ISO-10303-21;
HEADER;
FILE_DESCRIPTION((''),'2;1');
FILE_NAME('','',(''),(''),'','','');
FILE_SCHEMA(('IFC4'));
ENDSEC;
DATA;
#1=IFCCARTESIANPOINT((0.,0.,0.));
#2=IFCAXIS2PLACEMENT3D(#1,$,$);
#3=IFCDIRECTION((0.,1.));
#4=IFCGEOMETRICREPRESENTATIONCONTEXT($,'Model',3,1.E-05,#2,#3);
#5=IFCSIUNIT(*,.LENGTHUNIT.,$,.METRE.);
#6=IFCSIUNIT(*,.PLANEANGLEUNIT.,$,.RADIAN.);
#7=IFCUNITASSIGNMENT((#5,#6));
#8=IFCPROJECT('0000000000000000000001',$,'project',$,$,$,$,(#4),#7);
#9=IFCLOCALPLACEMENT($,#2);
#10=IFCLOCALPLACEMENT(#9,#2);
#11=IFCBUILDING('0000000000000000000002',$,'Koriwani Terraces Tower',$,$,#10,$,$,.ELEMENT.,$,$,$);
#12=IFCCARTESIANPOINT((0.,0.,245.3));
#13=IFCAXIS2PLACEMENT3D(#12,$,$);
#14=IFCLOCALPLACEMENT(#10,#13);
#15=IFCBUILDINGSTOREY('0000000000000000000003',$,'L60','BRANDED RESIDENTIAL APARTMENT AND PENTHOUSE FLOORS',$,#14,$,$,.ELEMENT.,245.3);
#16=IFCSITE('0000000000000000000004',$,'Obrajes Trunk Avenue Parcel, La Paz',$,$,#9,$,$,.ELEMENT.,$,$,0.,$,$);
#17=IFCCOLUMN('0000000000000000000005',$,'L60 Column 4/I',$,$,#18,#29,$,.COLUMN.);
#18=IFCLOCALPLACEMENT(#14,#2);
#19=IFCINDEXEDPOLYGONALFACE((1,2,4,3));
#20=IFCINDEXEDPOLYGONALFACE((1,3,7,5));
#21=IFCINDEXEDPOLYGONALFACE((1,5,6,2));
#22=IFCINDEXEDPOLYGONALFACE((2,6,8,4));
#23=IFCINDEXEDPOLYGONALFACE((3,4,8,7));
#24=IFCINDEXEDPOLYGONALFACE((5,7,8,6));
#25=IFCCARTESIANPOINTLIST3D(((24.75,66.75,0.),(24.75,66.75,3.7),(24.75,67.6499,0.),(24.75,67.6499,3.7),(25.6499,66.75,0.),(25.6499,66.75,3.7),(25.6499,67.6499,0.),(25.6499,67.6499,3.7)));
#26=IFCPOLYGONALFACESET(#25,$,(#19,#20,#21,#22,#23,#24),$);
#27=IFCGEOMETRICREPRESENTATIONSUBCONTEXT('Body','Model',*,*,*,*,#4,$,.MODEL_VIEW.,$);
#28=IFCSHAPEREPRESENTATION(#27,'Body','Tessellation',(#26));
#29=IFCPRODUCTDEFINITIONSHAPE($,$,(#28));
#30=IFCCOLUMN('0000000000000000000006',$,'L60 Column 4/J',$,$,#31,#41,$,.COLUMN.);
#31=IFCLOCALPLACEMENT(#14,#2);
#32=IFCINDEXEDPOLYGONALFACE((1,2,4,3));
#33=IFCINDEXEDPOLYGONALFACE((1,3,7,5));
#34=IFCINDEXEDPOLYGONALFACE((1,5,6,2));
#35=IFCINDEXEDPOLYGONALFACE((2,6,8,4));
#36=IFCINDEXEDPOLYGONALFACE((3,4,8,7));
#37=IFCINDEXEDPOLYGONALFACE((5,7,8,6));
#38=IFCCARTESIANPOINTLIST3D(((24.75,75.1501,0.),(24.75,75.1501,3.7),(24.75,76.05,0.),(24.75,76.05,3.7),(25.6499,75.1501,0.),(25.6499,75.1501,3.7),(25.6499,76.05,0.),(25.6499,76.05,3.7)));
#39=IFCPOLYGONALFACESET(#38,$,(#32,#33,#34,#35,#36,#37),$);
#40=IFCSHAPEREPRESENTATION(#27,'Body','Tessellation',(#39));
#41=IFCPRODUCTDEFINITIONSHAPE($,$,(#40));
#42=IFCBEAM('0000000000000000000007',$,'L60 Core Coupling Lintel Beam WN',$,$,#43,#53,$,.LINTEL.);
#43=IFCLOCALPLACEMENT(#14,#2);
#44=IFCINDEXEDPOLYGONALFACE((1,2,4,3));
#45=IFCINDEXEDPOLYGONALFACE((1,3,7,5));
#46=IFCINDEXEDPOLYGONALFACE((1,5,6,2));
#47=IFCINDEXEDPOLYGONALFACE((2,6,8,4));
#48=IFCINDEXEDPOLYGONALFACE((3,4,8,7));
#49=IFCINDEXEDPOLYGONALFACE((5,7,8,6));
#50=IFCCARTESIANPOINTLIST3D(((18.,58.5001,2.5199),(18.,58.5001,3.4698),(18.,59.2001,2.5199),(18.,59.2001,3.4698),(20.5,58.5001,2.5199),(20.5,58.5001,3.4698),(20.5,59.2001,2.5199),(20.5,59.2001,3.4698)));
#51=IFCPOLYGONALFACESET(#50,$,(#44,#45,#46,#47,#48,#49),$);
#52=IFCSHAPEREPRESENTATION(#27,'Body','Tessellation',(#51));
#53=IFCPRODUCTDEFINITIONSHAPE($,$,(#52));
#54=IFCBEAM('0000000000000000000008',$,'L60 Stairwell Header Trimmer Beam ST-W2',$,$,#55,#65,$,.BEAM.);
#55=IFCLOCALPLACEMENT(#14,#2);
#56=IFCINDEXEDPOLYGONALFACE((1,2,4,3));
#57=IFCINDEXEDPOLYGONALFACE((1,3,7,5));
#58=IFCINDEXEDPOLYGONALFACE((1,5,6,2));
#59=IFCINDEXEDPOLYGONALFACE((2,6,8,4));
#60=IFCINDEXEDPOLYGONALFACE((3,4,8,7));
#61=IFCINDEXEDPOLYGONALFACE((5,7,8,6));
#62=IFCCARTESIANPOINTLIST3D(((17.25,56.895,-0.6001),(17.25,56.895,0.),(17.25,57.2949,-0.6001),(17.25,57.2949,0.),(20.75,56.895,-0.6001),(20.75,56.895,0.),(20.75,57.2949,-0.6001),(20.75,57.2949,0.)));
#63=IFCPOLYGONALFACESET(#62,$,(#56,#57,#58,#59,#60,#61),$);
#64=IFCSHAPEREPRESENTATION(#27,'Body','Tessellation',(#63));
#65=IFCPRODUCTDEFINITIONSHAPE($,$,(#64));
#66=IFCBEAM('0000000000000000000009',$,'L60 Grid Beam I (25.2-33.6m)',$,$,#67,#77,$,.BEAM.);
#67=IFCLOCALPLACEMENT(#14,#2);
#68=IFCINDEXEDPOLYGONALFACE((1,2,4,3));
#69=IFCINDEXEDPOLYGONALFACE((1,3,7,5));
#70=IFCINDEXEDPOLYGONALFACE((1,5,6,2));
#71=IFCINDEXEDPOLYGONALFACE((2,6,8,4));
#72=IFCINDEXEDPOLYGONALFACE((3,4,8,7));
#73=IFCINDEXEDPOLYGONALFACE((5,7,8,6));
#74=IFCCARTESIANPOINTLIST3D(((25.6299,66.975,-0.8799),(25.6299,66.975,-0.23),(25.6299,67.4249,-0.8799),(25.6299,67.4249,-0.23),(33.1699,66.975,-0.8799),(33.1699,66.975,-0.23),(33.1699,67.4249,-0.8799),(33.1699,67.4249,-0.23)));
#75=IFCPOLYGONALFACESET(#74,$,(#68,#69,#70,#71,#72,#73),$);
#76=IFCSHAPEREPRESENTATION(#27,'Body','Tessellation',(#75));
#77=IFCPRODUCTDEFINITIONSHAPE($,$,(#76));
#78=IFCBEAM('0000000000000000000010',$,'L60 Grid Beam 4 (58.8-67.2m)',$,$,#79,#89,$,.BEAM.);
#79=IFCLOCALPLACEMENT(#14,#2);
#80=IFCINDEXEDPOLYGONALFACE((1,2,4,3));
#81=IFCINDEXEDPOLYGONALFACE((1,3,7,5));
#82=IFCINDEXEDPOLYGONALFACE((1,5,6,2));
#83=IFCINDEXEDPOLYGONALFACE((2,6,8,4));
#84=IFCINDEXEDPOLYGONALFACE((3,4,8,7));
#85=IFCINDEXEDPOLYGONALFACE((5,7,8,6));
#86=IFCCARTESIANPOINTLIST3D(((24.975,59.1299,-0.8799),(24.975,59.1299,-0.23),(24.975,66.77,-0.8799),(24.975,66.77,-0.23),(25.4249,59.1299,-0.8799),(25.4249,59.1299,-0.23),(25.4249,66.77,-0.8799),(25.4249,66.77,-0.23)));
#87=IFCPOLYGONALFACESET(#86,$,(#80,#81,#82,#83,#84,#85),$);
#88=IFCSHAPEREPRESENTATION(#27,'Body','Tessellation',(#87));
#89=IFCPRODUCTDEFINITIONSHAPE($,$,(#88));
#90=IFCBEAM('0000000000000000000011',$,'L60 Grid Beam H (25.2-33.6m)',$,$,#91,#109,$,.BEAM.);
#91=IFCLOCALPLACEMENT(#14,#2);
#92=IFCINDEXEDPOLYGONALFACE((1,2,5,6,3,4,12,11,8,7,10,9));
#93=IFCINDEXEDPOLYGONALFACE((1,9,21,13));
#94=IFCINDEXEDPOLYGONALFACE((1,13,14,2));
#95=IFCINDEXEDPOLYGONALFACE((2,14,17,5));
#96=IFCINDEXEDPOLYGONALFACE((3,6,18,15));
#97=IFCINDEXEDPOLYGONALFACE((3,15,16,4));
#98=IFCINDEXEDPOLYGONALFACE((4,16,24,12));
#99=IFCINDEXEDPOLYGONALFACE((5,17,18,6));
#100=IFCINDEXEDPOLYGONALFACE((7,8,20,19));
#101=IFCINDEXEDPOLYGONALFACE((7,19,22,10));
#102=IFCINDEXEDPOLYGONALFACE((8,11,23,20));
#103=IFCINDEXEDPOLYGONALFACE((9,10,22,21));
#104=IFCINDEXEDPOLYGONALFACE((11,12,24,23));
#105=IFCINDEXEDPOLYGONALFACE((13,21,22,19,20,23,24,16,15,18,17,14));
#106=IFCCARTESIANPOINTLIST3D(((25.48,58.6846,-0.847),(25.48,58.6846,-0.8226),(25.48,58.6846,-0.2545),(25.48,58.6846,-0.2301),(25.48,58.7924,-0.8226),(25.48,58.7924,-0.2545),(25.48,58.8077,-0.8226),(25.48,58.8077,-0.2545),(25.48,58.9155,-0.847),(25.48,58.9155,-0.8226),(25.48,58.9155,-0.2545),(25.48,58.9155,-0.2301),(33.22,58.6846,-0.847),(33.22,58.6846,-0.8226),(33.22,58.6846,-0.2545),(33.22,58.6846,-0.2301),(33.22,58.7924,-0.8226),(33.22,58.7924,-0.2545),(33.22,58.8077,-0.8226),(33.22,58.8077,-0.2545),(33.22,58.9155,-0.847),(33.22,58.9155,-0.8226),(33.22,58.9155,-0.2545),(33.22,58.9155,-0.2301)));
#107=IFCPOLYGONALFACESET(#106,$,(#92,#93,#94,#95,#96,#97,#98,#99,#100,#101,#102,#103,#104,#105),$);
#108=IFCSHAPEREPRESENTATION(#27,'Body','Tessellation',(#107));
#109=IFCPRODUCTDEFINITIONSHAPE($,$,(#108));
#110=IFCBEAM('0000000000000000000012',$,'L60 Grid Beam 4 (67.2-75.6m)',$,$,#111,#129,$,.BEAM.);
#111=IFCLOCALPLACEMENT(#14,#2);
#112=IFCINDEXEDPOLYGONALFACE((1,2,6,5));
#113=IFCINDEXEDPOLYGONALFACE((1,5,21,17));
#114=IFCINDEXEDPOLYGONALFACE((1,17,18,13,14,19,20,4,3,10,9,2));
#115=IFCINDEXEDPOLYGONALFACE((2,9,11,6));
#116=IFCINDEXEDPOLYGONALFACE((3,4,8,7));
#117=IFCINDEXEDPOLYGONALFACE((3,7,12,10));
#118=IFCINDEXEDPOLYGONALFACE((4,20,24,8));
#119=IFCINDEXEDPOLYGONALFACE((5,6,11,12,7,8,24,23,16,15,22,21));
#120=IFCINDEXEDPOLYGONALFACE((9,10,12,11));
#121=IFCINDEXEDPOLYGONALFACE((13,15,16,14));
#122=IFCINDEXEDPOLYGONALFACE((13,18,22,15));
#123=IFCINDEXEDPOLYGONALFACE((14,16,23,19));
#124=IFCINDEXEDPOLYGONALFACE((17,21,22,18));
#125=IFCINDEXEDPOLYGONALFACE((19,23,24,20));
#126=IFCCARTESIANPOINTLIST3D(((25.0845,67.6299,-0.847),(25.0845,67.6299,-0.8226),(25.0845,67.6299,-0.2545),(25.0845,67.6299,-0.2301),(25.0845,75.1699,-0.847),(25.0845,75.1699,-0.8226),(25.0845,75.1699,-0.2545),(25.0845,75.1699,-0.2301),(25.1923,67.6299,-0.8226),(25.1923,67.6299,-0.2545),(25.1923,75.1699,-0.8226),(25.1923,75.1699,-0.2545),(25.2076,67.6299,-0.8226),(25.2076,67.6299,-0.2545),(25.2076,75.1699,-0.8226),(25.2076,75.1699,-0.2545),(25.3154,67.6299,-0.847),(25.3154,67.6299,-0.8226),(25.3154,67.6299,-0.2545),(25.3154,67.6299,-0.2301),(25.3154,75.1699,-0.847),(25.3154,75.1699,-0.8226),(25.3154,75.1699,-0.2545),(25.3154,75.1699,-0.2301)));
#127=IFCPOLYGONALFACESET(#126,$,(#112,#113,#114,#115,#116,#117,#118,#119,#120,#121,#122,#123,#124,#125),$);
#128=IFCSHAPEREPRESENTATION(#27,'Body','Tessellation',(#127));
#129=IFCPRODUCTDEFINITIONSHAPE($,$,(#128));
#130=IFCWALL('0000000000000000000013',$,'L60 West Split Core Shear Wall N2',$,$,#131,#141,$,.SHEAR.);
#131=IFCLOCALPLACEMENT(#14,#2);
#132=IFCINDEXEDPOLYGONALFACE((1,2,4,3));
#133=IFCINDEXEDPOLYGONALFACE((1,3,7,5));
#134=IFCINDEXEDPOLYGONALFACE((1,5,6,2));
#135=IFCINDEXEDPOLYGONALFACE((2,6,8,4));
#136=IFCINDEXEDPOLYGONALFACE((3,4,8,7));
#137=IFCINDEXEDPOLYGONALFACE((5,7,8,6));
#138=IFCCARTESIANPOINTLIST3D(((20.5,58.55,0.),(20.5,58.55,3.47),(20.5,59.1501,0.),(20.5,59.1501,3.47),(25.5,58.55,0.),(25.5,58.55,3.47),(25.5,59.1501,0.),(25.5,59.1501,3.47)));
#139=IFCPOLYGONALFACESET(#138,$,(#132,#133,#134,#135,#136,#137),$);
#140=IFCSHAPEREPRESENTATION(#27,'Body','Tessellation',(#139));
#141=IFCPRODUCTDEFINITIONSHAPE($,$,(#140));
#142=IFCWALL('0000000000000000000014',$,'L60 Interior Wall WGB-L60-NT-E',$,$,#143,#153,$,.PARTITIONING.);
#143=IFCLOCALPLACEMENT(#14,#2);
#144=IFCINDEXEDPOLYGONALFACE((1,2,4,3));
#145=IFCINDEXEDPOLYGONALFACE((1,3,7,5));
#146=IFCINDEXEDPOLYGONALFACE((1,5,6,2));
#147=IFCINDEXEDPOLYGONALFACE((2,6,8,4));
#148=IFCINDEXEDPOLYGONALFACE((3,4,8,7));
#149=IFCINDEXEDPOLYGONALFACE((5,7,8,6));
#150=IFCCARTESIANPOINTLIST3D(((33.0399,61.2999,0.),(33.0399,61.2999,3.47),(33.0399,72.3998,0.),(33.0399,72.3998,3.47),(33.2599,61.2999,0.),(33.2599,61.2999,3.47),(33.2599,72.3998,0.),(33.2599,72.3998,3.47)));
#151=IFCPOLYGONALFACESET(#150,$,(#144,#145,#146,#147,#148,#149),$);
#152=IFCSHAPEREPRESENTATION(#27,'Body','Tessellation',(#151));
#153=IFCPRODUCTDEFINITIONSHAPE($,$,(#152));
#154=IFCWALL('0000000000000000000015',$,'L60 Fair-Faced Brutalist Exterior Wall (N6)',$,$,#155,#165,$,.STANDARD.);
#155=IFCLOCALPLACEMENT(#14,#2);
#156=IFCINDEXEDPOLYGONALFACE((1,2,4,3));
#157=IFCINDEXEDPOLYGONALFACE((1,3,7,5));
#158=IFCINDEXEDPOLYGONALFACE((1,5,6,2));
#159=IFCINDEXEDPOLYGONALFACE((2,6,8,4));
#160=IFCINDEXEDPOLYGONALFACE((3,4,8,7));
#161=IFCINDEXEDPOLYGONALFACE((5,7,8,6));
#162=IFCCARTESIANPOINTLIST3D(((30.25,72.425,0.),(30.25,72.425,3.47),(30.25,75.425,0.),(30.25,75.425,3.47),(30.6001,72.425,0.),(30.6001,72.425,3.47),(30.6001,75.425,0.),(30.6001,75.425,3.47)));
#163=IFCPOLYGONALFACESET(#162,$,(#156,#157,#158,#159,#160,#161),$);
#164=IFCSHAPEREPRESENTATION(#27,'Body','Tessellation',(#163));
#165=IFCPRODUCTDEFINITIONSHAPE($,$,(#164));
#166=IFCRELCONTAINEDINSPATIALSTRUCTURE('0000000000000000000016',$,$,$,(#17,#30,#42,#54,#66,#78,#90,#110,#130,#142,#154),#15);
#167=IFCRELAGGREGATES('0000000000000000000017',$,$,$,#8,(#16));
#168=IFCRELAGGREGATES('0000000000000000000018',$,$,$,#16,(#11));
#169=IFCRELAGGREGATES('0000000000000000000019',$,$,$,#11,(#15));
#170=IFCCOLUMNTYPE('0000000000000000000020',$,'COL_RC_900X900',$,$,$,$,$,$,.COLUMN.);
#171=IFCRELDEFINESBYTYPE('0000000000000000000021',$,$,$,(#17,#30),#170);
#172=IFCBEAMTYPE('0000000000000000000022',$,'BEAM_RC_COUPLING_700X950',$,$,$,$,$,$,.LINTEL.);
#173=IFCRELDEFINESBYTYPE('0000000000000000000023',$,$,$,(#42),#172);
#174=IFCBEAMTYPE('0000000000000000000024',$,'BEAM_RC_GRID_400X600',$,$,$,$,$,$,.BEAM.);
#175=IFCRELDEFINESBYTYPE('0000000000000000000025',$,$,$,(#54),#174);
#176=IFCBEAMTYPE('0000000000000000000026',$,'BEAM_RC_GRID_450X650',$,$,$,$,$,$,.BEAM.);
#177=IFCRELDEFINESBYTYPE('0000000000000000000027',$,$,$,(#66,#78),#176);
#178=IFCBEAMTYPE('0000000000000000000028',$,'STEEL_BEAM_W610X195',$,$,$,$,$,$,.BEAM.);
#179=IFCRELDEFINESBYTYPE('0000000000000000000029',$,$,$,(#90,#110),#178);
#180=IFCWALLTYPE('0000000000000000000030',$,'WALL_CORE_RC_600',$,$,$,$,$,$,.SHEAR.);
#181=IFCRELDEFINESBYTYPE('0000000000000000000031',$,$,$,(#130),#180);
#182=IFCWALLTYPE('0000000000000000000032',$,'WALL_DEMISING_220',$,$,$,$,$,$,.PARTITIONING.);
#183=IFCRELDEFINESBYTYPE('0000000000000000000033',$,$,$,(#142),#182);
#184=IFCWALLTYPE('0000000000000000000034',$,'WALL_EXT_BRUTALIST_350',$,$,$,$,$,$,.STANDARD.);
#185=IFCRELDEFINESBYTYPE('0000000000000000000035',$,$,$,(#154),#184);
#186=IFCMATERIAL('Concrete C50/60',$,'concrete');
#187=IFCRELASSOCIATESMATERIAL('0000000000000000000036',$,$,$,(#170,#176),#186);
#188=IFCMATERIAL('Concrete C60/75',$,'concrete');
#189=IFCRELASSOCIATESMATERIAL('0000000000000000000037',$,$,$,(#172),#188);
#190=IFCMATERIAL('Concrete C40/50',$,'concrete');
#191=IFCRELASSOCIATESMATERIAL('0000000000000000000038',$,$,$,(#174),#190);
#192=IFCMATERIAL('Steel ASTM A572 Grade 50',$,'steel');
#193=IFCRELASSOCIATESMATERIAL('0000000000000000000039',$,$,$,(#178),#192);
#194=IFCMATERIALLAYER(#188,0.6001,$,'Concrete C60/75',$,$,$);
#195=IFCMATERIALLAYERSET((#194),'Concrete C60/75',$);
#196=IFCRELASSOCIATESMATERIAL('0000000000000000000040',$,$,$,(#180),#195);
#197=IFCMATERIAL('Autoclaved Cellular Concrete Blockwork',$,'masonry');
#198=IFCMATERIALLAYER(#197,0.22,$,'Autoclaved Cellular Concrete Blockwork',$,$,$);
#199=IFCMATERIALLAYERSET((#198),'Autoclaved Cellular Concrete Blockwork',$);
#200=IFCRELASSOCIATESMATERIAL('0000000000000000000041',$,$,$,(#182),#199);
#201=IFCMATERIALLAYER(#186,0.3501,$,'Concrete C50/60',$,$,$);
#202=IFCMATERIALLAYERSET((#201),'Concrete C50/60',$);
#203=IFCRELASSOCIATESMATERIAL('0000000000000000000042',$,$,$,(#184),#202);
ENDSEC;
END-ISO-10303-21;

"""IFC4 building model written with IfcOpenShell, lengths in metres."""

from ifc_helpers import new_model, si_unit, direction, frame, frame_2d, origin, origin_2d, place, context, subcontext, project, spatial, rectangle, i_section, extrude, material, layer, layer_set, material_profile, profile_set, type_object, element, save


model = new_model("IFC4")

# Units and contexts
model_context = context("Model", 3, precision=1e-05, world=origin(), true_north=direction((0.0, 1.0)))
body_context = subcontext(model_context, "Body", "Model", "MODEL_VIEW")
ifc_project = project(units=[si_unit("LENGTHUNIT", "METRE"), si_unit("PLANEANGLEUNIT", "RADIAN")], contexts=[model_context])

# Site, building, storey
site_placement = place(None, origin())
site = spatial("IfcSite", under=ifc_project, at=site_placement, Name="Obrajes Trunk Avenue Parcel, La Paz", CompositionType="ELEMENT", RefElevation=0.0)
building_placement = place(site_placement, origin())
building = spatial("IfcBuilding", under=site, at=building_placement, Name="Koriwani Terraces Tower", CompositionType="ELEMENT")
storey_placement = place(building_placement, frame((0.0, 0.0, 245.3)))
storey = spatial("IfcBuildingStorey", under=building, at=storey_placement, Name="L60", Description="BRANDED RESIDENTIAL APARTMENT AND PENTHOUSE FLOORS", CompositionType="ELEMENT", Elevation=245.3)

# Columns
ifc_material_1 = material(Name="Concrete C50/60", Category="concrete")
ifc_material_profile_1 = material_profile(ifc_material_1, rectangle(XDim=0.8999, YDim=0.8999, at=origin_2d()), Name="Concrete C50/60", Category="LoadBearing")
ifc_profile_set_1 = profile_set([ifc_material_profile_1], Name="Concrete C50/60")
column_type = type_object("IfcColumnType", Name="COL_RC_900X900", PredefinedType="COLUMN", material=ifc_profile_set_1)
for number, where, z_axis, x_axis, name in (
    (1, (25.2, 67.2, 0.0), (0.0, 0.0, 1.0), (1.0, 0.0, 0.0), "L60 Column 4/I"),
    (2, (25.2, 75.6001, 0.0), (0.0, 0.0, 1.0), (1.0, 0.0, 0.0), "L60 Column 4/J"),
):
    element("IfcColumn", number, at=place(storey_placement, frame(where, z_axis=z_axis, x_axis=x_axis)), inside=storey, type_object=column_type, Name=name, PredefinedType="COLUMN", context=body_context, shape_type="SweptSolid", body=[
        extrude(rectangle(XDim=0.8999, YDim=0.8999, at=origin_2d()), origin(), (0.0, 0.0, 1.0), 3.7),
    ])

# Beams
ifc_material_2 = material(Name="Concrete C60/75", Category="concrete")
ifc_material_profile_2 = material_profile(ifc_material_2, rectangle(XDim=0.7, YDim=0.95, at=origin_2d()), Name="Concrete C60/75", Category="LoadBearing")
ifc_profile_set_2 = profile_set([ifc_material_profile_2], Name="Concrete C60/75")
beam_type_1 = type_object("IfcBeamType", Name="BEAM_RC_COUPLING_700X950", PredefinedType="LINTEL", material=ifc_profile_set_2)
beam_1_placement = place(storey_placement, frame((18.0, 58.8501, 2.9949), z_axis=(1.0, 0.0, 0.0), x_axis=(0.0, 1.0, 0.0)))
element("IfcBeam", 3, at=beam_1_placement, inside=storey, type_object=beam_type_1, Name="L60 Core Coupling Lintel Beam WN", PredefinedType="LINTEL", context=body_context, shape_type="SweptSolid", body=[
    extrude(rectangle(XDim=0.7, YDim=0.95, at=origin_2d()), origin(), (0.0, 0.0, 1.0), 2.5),
])
ifc_material_3 = material(Name="Concrete C40/50", Category="concrete")
ifc_material_profile_3 = material_profile(ifc_material_3, rectangle(XDim=0.3999, YDim=0.6001, at=origin_2d()), Name="Concrete C40/50", Category="LoadBearing")
ifc_profile_set_3 = profile_set([ifc_material_profile_3], Name="Concrete C40/50")
beam_type_2 = type_object("IfcBeamType", Name="BEAM_RC_GRID_400X600", PredefinedType="BEAM", material=ifc_profile_set_3)
beam_2_placement = place(storey_placement, frame((17.25, 57.095, -0.3), z_axis=(1.0, 0.0, 0.0), x_axis=(0.0, 1.0, 0.0)))
element("IfcBeam", 4, at=beam_2_placement, inside=storey, type_object=beam_type_2, Name="L60 Stairwell Header Trimmer Beam ST-W2", PredefinedType="BEAM", context=body_context, shape_type="SweptSolid", body=[
    extrude(rectangle(XDim=0.3999, YDim=0.6001, at=origin_2d()), origin(), (0.0, 0.0, 1.0), 3.5),
])
ifc_material_profile_4 = material_profile(ifc_material_1, rectangle(XDim=0.45, YDim=0.6499, at=origin_2d()), Name="Concrete C50/60", Category="LoadBearing")
ifc_profile_set_4 = profile_set([ifc_material_profile_4], Name="Concrete C50/60")
beam_type_3 = type_object("IfcBeamType", Name="BEAM_RC_GRID_450X650", PredefinedType="BEAM", material=ifc_profile_set_4)
beam_3_placement = place(storey_placement, frame((25.6299, 67.2, -0.5549), z_axis=(1.0, 0.0, 0.0), x_axis=(0.0, 1.0, 0.0)))
element("IfcBeam", 5, at=beam_3_placement, inside=storey, type_object=beam_type_3, Name="L60 Grid Beam I (25.2-33.6m)", PredefinedType="BEAM", context=body_context, shape_type="SweptSolid", body=[
    extrude(rectangle(XDim=0.45, YDim=0.6499, at=origin_2d()), origin(), (0.0, 0.0, 1.0), 7.54),
])
beam_4_placement = place(storey_placement, frame((25.2, 59.1299, -0.5549), z_axis=(0.0, 1.0, 0.0), x_axis=(-1.0, 0.0, 0.0)))
element("IfcBeam", 6, at=beam_4_placement, inside=storey, type_object=beam_type_3, Name="L60 Grid Beam 4 (58.8-67.2m)", PredefinedType="BEAM", context=body_context, shape_type="SweptSolid", body=[
    extrude(rectangle(XDim=0.45, YDim=0.6499, at=origin_2d()), origin(), (0.0, 0.0, 1.0), 7.6401),
])
ifc_material_4 = material(Name="Steel ASTM A572 Grade 50", Category="steel")
ifc_material_profile_5 = material_profile(ifc_material_4, i_section(OverallWidth=0.231, OverallDepth=0.6169, WebThickness=0.0154, FlangeThickness=0.0244, at=origin_2d()), Name="Steel ASTM A572 Grade 50", Category="LoadBearing")
ifc_profile_set_5 = profile_set([ifc_material_profile_5], Name="Steel ASTM A572 Grade 50")
beam_type_4 = type_object("IfcBeamType", Name="STEEL_BEAM_W610X195", PredefinedType="BEAM", material=ifc_profile_set_5)
beam_5_placement = place(storey_placement, frame((25.48, 58.8, -0.5386), z_axis=(1.0, 0.0, 0.0), x_axis=(0.0, 1.0, 0.0)))
element("IfcBeam", 7, at=beam_5_placement, inside=storey, type_object=beam_type_4, Name="L60 Grid Beam H (25.2-33.6m)", PredefinedType="BEAM", context=body_context, shape_type="SweptSolid", body=[
    extrude(i_section(OverallWidth=0.231, OverallDepth=0.6169, WebThickness=0.0154, FlangeThickness=0.0244, at=origin_2d()), origin(), (0.0, 0.0, 1.0), 7.74),
])
beam_6_placement = place(storey_placement, frame((25.2, 67.6299, -0.5386), z_axis=(0.0, 1.0, 0.0), x_axis=(-1.0, 0.0, 0.0)))
element("IfcBeam", 8, at=beam_6_placement, inside=storey, type_object=beam_type_4, Name="L60 Grid Beam 4 (67.2-75.6m)", PredefinedType="BEAM", context=body_context, shape_type="SweptSolid", body=[
    extrude(i_section(OverallWidth=0.231, OverallDepth=0.6169, WebThickness=0.0154, FlangeThickness=0.0244, at=origin_2d()), origin(), (0.0, 0.0, 1.0), 7.54),
])

# Walls
ifc_layer_1 = layer(ifc_material_2, 0.6001, Name="Concrete C60/75")
ifc_layer_set_1 = layer_set([ifc_layer_1], Name="Concrete C60/75")
wall_type_1 = type_object("IfcWallType", Name="WALL_CORE_RC_600", PredefinedType="SHEAR", material=ifc_layer_set_1)
wall_1_placement = place(storey_placement, frame((20.5, 58.8501, 0.0), z_axis=(0.0, 0.0, 1.0), x_axis=(1.0, 0.0, 0.0)))
element("IfcWall", 9, at=wall_1_placement, inside=storey, type_object=wall_type_1, Name="L60 West Split Core Shear Wall N2", PredefinedType="SHEAR", context=body_context, shape_type="SweptSolid", body=[
    extrude(rectangle(XDim=5.0, YDim=0.6001, at=frame_2d((2.5, 0.0))), origin(), (0.0, 0.0, 1.0), 3.47),
])
ifc_material_5 = material(Name="Autoclaved Cellular Concrete Blockwork", Category="masonry")
ifc_layer_2 = layer(ifc_material_5, 0.22, Name="Autoclaved Cellular Concrete Blockwork")
ifc_layer_set_2 = layer_set([ifc_layer_2], Name="Autoclaved Cellular Concrete Blockwork")
wall_type_2 = type_object("IfcWallType", Name="WALL_DEMISING_220", PredefinedType="PARTITIONING", material=ifc_layer_set_2)
wall_2_placement = place(storey_placement, frame((33.1499, 61.3, 0.0), z_axis=(0.0, 0.0, 1.0), x_axis=(0.0, 1.0, 0.0)))
element("IfcWall", 10, at=wall_2_placement, inside=storey, type_object=wall_type_2, Name="L60 Interior Wall WGB-L60-NT-E", PredefinedType="PARTITIONING", context=body_context, shape_type="SweptSolid", body=[
    extrude(rectangle(XDim=11.0999, YDim=0.22, at=frame_2d((5.5498, 0.0))), origin(), (0.0, 0.0, 1.0), 3.47),
])
ifc_layer_3 = layer(ifc_material_1, 0.3501, Name="Concrete C50/60")
ifc_layer_set_3 = layer_set([ifc_layer_3], Name="Concrete C50/60")
wall_type_3 = type_object("IfcWallType", Name="WALL_EXT_BRUTALIST_350", PredefinedType="STANDARD", material=ifc_layer_set_3)
wall_3_placement = place(storey_placement, frame((30.425, 75.425, 0.0), z_axis=(0.0, 0.0, 1.0), x_axis=(0.0, -1.0, 0.0)))
element("IfcWall", 11, at=wall_3_placement, inside=storey, type_object=wall_type_3, Name="L60 Fair-Faced Brutalist Exterior Wall (N6)", PredefinedType="STANDARD", context=body_context, shape_type="SweptSolid", body=[
    extrude(rectangle(XDim=3.0, YDim=0.3501, at=frame_2d((1.5, 0.0))), origin(), (0.0, 0.0, 1.0), 3.47),
])

save(model, "model.ifc")
